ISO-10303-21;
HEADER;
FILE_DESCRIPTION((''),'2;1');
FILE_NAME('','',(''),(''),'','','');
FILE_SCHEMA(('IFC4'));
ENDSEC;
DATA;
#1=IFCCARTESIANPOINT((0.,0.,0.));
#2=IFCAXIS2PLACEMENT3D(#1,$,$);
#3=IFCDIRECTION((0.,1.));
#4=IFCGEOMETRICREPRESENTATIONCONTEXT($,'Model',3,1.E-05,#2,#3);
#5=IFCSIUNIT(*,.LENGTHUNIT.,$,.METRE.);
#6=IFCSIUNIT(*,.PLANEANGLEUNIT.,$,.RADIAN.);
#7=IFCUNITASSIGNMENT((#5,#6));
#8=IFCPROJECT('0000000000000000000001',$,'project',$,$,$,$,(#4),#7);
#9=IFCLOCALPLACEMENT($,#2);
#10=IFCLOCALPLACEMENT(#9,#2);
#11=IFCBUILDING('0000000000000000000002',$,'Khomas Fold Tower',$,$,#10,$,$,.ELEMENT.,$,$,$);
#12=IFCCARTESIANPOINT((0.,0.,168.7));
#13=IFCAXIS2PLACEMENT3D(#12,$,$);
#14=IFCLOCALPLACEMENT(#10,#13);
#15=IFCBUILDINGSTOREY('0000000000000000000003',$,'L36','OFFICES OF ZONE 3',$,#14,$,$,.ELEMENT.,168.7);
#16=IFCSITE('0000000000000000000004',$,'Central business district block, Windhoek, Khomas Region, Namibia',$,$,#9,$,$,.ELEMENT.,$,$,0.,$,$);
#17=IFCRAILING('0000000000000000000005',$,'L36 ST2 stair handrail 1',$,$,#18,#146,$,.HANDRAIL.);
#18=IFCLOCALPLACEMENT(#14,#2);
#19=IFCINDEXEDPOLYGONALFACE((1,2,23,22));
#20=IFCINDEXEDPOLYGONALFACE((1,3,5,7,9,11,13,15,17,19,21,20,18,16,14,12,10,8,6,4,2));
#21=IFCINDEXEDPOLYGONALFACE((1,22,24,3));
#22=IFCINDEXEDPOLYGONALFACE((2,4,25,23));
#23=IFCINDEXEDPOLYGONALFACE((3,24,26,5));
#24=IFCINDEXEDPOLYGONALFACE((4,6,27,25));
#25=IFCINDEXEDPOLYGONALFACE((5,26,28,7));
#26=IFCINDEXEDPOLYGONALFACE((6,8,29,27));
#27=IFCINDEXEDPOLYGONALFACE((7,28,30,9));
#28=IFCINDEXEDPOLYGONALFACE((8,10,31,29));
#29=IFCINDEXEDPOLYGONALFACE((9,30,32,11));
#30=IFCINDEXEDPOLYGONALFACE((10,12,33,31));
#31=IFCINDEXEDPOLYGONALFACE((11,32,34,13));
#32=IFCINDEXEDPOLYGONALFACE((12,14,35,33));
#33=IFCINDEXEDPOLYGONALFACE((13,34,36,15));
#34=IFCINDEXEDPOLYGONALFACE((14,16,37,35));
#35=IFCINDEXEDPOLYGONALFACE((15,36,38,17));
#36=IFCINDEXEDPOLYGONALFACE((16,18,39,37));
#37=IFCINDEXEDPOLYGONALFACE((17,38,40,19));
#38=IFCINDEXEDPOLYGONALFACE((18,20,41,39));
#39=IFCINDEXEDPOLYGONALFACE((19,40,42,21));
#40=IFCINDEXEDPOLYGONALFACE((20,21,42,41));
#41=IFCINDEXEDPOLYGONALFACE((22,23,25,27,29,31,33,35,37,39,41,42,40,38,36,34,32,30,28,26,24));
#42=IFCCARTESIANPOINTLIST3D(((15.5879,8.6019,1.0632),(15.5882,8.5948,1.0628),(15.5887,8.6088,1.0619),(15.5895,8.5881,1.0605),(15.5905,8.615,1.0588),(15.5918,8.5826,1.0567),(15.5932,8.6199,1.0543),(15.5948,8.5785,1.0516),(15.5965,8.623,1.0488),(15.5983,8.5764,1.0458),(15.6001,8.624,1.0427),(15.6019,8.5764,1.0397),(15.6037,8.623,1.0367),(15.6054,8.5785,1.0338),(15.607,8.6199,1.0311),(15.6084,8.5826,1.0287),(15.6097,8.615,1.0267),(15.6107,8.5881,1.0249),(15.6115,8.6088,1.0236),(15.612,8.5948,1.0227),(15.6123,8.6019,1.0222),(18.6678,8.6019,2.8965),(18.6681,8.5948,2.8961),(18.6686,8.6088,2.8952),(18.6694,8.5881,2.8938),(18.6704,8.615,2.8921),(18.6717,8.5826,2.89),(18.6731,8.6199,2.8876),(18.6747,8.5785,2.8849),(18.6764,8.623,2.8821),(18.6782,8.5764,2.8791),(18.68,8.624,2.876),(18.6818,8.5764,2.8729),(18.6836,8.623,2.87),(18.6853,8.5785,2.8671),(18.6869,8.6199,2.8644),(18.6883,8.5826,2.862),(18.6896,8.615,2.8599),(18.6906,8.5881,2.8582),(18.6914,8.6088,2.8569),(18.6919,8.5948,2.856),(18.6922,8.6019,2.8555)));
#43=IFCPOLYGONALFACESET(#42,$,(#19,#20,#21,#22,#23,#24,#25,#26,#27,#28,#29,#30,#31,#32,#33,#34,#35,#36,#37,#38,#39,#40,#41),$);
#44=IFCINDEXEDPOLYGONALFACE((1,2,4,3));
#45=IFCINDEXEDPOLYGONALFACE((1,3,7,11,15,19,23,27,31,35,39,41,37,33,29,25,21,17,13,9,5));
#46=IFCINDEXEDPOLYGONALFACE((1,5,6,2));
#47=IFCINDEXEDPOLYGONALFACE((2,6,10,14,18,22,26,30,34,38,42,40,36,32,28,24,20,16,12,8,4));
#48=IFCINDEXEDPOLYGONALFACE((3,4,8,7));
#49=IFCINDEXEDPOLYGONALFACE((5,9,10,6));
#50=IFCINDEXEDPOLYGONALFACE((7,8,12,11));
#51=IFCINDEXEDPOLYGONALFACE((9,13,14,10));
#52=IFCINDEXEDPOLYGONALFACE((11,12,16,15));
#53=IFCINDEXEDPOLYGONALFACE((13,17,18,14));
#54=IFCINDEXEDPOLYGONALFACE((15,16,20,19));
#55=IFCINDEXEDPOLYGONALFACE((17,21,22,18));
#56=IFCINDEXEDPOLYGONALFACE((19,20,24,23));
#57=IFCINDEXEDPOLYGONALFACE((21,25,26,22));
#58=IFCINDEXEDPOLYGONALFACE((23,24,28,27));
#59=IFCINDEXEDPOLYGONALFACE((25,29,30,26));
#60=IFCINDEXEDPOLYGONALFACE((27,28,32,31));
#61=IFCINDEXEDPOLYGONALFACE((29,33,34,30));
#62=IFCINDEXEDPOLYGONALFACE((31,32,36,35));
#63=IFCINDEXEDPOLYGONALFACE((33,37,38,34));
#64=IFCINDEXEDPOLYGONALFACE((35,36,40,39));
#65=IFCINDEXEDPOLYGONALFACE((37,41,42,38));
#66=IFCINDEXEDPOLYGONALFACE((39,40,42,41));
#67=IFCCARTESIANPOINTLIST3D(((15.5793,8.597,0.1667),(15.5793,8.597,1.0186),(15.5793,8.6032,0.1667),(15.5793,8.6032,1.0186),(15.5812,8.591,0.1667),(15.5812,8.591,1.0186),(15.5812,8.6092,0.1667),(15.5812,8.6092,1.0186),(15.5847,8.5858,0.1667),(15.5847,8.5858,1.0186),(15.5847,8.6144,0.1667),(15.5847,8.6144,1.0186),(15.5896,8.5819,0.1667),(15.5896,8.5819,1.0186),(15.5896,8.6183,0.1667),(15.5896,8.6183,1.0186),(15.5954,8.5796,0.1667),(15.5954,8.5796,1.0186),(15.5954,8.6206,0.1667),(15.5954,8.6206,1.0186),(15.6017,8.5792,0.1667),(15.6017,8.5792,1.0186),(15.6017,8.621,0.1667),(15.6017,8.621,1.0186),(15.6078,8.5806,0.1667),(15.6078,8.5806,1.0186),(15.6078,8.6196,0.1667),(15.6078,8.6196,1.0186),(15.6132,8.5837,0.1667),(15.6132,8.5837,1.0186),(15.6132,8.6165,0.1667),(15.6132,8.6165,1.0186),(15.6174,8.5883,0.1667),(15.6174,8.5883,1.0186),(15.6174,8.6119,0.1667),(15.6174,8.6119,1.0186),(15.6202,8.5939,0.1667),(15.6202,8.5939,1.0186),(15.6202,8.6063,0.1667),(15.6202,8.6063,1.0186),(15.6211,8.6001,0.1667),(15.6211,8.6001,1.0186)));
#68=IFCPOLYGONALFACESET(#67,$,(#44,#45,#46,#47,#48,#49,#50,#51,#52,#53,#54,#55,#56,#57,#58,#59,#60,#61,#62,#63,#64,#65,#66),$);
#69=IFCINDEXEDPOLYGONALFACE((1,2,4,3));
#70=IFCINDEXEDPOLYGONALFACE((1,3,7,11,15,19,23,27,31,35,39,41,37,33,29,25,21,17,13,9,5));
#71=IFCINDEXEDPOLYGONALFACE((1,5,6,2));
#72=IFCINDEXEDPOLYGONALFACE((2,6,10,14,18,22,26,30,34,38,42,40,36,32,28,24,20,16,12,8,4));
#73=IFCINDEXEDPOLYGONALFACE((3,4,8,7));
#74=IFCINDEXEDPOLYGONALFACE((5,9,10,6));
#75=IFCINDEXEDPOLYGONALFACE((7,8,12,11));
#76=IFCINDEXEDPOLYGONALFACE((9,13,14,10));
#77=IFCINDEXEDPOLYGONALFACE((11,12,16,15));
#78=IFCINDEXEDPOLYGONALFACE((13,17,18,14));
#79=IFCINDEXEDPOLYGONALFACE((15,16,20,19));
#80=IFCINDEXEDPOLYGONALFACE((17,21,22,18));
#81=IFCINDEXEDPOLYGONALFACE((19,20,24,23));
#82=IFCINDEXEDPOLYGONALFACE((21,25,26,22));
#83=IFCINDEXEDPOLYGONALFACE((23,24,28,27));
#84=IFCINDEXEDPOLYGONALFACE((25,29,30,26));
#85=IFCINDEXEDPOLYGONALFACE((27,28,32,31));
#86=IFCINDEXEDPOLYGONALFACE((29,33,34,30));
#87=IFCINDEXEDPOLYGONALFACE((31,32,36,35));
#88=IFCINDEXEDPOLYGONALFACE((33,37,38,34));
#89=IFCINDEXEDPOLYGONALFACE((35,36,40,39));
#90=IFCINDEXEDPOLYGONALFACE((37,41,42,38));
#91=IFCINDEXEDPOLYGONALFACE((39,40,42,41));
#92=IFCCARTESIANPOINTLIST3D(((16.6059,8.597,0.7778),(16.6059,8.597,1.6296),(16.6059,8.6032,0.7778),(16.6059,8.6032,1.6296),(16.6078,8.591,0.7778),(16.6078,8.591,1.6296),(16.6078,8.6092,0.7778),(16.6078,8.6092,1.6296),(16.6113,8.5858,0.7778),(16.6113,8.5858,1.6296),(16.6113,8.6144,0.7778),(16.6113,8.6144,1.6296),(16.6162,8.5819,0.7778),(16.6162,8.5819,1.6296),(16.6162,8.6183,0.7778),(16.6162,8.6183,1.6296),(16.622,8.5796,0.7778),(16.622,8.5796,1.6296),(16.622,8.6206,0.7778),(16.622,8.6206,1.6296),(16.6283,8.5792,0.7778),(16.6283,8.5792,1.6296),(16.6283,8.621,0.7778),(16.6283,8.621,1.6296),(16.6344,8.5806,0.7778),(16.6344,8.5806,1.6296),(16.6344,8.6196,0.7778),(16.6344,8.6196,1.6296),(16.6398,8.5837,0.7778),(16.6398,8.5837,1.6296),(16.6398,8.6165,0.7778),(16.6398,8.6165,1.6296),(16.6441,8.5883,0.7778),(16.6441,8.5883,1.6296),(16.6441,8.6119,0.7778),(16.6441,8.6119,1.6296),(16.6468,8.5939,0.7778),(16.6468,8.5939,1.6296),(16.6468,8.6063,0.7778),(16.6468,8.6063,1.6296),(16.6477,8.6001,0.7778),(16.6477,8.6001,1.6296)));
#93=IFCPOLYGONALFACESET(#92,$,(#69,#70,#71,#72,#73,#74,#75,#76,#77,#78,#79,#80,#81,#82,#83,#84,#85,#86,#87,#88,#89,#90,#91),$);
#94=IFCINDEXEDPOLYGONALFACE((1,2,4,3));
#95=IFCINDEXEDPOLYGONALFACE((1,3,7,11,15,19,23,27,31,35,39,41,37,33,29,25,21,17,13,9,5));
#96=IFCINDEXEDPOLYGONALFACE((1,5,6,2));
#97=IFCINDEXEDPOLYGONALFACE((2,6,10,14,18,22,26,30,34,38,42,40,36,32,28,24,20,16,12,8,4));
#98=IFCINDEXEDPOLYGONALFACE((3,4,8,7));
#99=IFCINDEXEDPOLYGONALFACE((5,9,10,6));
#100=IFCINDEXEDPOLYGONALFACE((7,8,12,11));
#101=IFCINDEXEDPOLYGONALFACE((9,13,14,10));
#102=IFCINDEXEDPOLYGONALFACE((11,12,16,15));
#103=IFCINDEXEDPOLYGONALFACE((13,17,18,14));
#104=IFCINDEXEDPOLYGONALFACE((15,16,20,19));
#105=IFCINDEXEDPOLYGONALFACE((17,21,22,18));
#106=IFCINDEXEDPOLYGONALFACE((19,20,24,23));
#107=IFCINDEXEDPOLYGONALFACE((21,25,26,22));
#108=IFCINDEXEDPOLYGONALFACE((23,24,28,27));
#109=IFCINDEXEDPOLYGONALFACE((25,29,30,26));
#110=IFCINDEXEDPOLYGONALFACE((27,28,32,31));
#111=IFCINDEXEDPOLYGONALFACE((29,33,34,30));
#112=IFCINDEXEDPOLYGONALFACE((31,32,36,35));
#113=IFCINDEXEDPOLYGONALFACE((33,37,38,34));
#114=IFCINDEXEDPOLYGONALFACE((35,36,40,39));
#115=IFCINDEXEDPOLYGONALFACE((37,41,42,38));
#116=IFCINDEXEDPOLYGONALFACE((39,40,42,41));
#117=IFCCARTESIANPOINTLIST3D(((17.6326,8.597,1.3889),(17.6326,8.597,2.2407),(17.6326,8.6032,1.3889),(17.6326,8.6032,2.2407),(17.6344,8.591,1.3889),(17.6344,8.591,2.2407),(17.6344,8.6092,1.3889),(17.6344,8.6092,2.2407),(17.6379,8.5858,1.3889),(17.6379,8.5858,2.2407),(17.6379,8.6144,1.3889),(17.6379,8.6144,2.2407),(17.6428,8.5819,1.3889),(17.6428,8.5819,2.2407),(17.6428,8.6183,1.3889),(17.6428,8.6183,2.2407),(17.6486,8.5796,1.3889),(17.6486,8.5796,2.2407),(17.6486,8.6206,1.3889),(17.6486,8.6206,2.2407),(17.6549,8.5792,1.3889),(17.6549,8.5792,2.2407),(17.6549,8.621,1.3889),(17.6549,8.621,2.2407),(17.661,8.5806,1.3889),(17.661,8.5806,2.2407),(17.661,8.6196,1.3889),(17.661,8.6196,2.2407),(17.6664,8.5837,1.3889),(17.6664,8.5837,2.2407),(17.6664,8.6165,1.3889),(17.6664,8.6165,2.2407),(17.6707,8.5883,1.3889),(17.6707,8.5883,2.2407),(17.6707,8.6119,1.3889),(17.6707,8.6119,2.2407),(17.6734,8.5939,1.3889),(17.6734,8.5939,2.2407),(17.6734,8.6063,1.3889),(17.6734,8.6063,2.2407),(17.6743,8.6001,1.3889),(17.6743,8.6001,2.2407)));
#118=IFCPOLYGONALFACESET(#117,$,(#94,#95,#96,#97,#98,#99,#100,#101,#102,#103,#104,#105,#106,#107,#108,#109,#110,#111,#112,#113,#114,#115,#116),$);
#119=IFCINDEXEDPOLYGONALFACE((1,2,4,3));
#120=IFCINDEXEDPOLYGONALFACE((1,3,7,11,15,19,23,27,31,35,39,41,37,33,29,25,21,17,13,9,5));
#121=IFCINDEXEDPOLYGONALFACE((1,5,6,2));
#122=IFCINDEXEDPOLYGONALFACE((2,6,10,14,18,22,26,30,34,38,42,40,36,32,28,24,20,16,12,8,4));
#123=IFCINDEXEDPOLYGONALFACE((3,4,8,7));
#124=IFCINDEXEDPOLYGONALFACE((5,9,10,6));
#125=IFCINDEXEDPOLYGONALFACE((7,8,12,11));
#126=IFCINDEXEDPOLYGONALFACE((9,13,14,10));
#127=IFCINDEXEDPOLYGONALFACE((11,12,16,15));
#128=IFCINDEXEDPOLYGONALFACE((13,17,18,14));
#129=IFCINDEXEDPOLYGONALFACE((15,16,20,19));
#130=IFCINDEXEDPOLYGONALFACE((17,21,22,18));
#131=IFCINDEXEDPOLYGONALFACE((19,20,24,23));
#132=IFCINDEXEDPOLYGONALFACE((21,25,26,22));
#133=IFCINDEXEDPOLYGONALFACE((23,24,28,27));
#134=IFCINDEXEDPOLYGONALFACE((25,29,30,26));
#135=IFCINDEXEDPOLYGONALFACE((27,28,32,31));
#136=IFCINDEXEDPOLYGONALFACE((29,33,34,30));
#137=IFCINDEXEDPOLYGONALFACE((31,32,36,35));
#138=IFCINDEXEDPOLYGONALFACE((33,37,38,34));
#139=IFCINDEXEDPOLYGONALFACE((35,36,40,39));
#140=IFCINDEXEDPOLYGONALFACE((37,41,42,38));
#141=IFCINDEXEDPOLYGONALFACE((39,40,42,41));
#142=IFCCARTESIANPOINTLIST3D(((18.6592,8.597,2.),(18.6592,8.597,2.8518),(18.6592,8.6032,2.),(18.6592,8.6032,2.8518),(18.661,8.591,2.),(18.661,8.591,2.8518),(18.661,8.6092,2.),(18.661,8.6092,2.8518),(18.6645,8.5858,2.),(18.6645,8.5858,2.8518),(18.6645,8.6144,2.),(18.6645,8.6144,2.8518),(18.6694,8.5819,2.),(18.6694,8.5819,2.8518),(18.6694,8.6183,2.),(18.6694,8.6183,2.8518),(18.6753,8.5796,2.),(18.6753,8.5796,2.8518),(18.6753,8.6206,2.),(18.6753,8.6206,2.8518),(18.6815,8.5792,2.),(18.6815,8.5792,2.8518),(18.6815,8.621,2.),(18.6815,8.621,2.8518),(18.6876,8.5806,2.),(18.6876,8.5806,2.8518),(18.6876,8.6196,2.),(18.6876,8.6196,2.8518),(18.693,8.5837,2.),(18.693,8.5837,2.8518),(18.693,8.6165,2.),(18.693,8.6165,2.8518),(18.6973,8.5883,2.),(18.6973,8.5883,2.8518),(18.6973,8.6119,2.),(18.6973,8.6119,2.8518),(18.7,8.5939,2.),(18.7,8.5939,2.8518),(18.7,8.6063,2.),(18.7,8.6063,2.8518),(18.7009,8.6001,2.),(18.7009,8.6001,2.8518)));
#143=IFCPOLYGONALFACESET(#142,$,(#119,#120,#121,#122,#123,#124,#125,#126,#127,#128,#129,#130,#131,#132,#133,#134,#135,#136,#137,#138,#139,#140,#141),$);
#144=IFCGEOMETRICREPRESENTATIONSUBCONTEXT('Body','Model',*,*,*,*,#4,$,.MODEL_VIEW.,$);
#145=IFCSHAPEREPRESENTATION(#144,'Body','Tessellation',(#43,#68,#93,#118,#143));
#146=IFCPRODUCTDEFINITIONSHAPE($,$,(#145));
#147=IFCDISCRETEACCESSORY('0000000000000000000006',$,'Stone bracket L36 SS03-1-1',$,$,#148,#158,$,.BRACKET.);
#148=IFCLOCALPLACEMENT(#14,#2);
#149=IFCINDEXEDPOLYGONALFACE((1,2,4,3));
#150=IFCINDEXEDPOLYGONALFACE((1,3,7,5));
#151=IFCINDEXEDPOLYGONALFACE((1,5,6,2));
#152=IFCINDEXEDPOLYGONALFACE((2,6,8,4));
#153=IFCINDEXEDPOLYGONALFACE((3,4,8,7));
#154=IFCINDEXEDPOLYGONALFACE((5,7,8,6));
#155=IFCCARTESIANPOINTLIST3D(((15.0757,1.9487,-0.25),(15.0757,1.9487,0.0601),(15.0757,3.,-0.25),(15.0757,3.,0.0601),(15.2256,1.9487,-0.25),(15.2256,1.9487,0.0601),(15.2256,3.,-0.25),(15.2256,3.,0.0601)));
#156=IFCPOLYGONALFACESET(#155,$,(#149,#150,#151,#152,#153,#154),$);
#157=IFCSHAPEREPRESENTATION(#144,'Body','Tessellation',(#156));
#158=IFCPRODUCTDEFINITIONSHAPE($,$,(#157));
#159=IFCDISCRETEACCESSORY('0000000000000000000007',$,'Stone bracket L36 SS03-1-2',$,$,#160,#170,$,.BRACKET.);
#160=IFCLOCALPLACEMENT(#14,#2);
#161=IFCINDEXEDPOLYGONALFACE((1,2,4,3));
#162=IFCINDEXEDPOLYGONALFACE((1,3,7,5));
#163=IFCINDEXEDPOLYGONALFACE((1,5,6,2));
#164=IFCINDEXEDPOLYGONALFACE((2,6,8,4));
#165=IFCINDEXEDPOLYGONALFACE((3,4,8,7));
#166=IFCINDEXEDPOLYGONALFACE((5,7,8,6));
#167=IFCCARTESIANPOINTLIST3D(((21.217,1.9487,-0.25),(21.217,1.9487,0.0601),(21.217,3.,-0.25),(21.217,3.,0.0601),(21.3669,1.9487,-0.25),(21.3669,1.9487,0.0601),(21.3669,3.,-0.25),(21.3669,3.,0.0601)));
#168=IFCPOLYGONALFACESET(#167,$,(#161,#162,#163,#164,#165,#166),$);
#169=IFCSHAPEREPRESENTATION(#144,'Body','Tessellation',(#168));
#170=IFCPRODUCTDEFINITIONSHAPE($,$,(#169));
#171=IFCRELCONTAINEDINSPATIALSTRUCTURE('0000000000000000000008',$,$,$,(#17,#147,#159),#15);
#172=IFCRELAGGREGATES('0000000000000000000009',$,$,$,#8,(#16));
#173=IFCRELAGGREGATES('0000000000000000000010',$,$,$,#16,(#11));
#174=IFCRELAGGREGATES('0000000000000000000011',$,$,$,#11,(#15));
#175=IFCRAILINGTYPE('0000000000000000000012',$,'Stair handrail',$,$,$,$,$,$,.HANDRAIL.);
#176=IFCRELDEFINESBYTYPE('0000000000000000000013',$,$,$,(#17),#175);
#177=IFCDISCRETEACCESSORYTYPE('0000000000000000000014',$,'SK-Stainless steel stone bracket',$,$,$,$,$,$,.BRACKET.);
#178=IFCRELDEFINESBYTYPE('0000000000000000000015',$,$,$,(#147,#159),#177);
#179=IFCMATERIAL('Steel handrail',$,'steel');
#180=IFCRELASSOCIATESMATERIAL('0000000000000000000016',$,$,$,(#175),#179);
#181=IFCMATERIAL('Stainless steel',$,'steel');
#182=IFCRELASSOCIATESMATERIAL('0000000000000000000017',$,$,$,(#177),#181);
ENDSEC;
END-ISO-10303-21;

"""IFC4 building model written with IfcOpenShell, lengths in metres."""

from ifc_helpers import new_model, si_unit, direction, frame, origin, origin_2d, place, context, subcontext, project, spatial, rectangle, circle, extrude, source, transform, mapped, material, type_object, element, save


model = new_model("IFC4")

# Units and contexts
model_context = context("Model", 3, precision=1e-05, world=origin(), true_north=direction((0.0, 1.0)))
body_context = subcontext(model_context, "Body", "Model", "MODEL_VIEW")
ifc_project = project(units=[si_unit("LENGTHUNIT", "METRE"), si_unit("PLANEANGLEUNIT", "RADIAN")], contexts=[model_context])

# Site, building, storey
site_placement = place(None, origin())
site = spatial("IfcSite", under=ifc_project, at=site_placement, Name="Central business district block, Windhoek, Khomas Region, Namibia", CompositionType="ELEMENT", RefElevation=0.0)
building_placement = place(site_placement, origin())
building = spatial("IfcBuilding", under=site, at=building_placement, Name="Khomas Fold Tower", CompositionType="ELEMENT")
storey_placement = place(building_placement, frame((0.0, 0.0, 168.7)))
storey = spatial("IfcBuildingStorey", under=building, at=storey_placement, Name="L36", Description="OFFICES OF ZONE 3", CompositionType="ELEMENT", Elevation=168.7)

# Railing
ifc_material_1 = material(Name="Steel handrail", Category="steel")
railing_type = type_object("IfcRailingType", Name="Stair handrail", PredefinedType="HANDRAIL", material=ifc_material_1)
shared_shape_1 = source(origin(), body_context, "Body", "SweptSolid", [
    extrude(circle(Radius=0.0239, at=origin_2d()), frame((0.0, 0.0, 0.876), z_axis=(0.859291, 0.0, 0.511487), x_axis=(0.0, 1.0, 0.0)), (0.0, 0.0, 1.0), 3.5842),
    extrude(circle(Radius=0.021, at=origin_2d()), origin(), (0.0, 0.0, 1.0), 0.8518),
    extrude(circle(Radius=0.021, at=origin_2d()), frame((1.0266, 0.0, 0.6111)), (0.0, 0.0, 1.0), 0.8518),
    extrude(circle(Radius=0.021, at=origin_2d()), frame((2.0532, 0.0, 1.2222)), (0.0, 0.0, 1.0), 0.8518),
    extrude(circle(Radius=0.021, at=origin_2d()), frame((3.0798, 0.0, 1.8333)), (0.0, 0.0, 1.0), 0.8518),
])
railing_placement = place(storey_placement, frame((15.6001, 8.6001, 0.1667)))
element("IfcRailing", 1, at=railing_placement, inside=storey, type_object=railing_type, Name="L36 ST2 stair handrail 1", PredefinedType="HANDRAIL", context=body_context, shape_type="MappedRepresentation", body=[
    mapped(shared_shape_1, transform((0.0, 0.0, 0.0))),
])

# Discrete accessories
ifc_material_2 = material(Name="Stainless steel", Category="steel")
discrete_accessory_type = type_object("IfcDiscreteAccessoryType", Name="SK-Stainless steel stone bracket", PredefinedType="BRACKET", material=ifc_material_2)
shared_shape_2 = source(origin(), body_context, "Body", "SweptSolid", [
    extrude(rectangle(XDim=1.0513, YDim=0.1499, at=origin_2d()), origin(), (0.0, 0.0, 1.0), 0.3101),
])
for number, where, z_axis, x_axis, name in (
    (2, (15.1506, 2.4744, -0.25), (0.0, 0.0, 1.0), (0.0, -1.0, 0.0), "Stone bracket L36 SS03-1-1"),
    (3, (21.292, 2.4744, -0.25), (0.0, 0.0, 1.0), (0.0, -1.0, 0.0), "Stone bracket L36 SS03-1-2"),
):
    element("IfcDiscreteAccessory", number, at=place(storey_placement, frame(where, z_axis=z_axis, x_axis=x_axis)), inside=storey, type_object=discrete_accessory_type, Name=name, PredefinedType="BRACKET", context=body_context, shape_type="MappedRepresentation", body=[
        mapped(shared_shape_2, transform((0.0, 0.0, 0.0))),
    ])

save(model, "model.ifc")
